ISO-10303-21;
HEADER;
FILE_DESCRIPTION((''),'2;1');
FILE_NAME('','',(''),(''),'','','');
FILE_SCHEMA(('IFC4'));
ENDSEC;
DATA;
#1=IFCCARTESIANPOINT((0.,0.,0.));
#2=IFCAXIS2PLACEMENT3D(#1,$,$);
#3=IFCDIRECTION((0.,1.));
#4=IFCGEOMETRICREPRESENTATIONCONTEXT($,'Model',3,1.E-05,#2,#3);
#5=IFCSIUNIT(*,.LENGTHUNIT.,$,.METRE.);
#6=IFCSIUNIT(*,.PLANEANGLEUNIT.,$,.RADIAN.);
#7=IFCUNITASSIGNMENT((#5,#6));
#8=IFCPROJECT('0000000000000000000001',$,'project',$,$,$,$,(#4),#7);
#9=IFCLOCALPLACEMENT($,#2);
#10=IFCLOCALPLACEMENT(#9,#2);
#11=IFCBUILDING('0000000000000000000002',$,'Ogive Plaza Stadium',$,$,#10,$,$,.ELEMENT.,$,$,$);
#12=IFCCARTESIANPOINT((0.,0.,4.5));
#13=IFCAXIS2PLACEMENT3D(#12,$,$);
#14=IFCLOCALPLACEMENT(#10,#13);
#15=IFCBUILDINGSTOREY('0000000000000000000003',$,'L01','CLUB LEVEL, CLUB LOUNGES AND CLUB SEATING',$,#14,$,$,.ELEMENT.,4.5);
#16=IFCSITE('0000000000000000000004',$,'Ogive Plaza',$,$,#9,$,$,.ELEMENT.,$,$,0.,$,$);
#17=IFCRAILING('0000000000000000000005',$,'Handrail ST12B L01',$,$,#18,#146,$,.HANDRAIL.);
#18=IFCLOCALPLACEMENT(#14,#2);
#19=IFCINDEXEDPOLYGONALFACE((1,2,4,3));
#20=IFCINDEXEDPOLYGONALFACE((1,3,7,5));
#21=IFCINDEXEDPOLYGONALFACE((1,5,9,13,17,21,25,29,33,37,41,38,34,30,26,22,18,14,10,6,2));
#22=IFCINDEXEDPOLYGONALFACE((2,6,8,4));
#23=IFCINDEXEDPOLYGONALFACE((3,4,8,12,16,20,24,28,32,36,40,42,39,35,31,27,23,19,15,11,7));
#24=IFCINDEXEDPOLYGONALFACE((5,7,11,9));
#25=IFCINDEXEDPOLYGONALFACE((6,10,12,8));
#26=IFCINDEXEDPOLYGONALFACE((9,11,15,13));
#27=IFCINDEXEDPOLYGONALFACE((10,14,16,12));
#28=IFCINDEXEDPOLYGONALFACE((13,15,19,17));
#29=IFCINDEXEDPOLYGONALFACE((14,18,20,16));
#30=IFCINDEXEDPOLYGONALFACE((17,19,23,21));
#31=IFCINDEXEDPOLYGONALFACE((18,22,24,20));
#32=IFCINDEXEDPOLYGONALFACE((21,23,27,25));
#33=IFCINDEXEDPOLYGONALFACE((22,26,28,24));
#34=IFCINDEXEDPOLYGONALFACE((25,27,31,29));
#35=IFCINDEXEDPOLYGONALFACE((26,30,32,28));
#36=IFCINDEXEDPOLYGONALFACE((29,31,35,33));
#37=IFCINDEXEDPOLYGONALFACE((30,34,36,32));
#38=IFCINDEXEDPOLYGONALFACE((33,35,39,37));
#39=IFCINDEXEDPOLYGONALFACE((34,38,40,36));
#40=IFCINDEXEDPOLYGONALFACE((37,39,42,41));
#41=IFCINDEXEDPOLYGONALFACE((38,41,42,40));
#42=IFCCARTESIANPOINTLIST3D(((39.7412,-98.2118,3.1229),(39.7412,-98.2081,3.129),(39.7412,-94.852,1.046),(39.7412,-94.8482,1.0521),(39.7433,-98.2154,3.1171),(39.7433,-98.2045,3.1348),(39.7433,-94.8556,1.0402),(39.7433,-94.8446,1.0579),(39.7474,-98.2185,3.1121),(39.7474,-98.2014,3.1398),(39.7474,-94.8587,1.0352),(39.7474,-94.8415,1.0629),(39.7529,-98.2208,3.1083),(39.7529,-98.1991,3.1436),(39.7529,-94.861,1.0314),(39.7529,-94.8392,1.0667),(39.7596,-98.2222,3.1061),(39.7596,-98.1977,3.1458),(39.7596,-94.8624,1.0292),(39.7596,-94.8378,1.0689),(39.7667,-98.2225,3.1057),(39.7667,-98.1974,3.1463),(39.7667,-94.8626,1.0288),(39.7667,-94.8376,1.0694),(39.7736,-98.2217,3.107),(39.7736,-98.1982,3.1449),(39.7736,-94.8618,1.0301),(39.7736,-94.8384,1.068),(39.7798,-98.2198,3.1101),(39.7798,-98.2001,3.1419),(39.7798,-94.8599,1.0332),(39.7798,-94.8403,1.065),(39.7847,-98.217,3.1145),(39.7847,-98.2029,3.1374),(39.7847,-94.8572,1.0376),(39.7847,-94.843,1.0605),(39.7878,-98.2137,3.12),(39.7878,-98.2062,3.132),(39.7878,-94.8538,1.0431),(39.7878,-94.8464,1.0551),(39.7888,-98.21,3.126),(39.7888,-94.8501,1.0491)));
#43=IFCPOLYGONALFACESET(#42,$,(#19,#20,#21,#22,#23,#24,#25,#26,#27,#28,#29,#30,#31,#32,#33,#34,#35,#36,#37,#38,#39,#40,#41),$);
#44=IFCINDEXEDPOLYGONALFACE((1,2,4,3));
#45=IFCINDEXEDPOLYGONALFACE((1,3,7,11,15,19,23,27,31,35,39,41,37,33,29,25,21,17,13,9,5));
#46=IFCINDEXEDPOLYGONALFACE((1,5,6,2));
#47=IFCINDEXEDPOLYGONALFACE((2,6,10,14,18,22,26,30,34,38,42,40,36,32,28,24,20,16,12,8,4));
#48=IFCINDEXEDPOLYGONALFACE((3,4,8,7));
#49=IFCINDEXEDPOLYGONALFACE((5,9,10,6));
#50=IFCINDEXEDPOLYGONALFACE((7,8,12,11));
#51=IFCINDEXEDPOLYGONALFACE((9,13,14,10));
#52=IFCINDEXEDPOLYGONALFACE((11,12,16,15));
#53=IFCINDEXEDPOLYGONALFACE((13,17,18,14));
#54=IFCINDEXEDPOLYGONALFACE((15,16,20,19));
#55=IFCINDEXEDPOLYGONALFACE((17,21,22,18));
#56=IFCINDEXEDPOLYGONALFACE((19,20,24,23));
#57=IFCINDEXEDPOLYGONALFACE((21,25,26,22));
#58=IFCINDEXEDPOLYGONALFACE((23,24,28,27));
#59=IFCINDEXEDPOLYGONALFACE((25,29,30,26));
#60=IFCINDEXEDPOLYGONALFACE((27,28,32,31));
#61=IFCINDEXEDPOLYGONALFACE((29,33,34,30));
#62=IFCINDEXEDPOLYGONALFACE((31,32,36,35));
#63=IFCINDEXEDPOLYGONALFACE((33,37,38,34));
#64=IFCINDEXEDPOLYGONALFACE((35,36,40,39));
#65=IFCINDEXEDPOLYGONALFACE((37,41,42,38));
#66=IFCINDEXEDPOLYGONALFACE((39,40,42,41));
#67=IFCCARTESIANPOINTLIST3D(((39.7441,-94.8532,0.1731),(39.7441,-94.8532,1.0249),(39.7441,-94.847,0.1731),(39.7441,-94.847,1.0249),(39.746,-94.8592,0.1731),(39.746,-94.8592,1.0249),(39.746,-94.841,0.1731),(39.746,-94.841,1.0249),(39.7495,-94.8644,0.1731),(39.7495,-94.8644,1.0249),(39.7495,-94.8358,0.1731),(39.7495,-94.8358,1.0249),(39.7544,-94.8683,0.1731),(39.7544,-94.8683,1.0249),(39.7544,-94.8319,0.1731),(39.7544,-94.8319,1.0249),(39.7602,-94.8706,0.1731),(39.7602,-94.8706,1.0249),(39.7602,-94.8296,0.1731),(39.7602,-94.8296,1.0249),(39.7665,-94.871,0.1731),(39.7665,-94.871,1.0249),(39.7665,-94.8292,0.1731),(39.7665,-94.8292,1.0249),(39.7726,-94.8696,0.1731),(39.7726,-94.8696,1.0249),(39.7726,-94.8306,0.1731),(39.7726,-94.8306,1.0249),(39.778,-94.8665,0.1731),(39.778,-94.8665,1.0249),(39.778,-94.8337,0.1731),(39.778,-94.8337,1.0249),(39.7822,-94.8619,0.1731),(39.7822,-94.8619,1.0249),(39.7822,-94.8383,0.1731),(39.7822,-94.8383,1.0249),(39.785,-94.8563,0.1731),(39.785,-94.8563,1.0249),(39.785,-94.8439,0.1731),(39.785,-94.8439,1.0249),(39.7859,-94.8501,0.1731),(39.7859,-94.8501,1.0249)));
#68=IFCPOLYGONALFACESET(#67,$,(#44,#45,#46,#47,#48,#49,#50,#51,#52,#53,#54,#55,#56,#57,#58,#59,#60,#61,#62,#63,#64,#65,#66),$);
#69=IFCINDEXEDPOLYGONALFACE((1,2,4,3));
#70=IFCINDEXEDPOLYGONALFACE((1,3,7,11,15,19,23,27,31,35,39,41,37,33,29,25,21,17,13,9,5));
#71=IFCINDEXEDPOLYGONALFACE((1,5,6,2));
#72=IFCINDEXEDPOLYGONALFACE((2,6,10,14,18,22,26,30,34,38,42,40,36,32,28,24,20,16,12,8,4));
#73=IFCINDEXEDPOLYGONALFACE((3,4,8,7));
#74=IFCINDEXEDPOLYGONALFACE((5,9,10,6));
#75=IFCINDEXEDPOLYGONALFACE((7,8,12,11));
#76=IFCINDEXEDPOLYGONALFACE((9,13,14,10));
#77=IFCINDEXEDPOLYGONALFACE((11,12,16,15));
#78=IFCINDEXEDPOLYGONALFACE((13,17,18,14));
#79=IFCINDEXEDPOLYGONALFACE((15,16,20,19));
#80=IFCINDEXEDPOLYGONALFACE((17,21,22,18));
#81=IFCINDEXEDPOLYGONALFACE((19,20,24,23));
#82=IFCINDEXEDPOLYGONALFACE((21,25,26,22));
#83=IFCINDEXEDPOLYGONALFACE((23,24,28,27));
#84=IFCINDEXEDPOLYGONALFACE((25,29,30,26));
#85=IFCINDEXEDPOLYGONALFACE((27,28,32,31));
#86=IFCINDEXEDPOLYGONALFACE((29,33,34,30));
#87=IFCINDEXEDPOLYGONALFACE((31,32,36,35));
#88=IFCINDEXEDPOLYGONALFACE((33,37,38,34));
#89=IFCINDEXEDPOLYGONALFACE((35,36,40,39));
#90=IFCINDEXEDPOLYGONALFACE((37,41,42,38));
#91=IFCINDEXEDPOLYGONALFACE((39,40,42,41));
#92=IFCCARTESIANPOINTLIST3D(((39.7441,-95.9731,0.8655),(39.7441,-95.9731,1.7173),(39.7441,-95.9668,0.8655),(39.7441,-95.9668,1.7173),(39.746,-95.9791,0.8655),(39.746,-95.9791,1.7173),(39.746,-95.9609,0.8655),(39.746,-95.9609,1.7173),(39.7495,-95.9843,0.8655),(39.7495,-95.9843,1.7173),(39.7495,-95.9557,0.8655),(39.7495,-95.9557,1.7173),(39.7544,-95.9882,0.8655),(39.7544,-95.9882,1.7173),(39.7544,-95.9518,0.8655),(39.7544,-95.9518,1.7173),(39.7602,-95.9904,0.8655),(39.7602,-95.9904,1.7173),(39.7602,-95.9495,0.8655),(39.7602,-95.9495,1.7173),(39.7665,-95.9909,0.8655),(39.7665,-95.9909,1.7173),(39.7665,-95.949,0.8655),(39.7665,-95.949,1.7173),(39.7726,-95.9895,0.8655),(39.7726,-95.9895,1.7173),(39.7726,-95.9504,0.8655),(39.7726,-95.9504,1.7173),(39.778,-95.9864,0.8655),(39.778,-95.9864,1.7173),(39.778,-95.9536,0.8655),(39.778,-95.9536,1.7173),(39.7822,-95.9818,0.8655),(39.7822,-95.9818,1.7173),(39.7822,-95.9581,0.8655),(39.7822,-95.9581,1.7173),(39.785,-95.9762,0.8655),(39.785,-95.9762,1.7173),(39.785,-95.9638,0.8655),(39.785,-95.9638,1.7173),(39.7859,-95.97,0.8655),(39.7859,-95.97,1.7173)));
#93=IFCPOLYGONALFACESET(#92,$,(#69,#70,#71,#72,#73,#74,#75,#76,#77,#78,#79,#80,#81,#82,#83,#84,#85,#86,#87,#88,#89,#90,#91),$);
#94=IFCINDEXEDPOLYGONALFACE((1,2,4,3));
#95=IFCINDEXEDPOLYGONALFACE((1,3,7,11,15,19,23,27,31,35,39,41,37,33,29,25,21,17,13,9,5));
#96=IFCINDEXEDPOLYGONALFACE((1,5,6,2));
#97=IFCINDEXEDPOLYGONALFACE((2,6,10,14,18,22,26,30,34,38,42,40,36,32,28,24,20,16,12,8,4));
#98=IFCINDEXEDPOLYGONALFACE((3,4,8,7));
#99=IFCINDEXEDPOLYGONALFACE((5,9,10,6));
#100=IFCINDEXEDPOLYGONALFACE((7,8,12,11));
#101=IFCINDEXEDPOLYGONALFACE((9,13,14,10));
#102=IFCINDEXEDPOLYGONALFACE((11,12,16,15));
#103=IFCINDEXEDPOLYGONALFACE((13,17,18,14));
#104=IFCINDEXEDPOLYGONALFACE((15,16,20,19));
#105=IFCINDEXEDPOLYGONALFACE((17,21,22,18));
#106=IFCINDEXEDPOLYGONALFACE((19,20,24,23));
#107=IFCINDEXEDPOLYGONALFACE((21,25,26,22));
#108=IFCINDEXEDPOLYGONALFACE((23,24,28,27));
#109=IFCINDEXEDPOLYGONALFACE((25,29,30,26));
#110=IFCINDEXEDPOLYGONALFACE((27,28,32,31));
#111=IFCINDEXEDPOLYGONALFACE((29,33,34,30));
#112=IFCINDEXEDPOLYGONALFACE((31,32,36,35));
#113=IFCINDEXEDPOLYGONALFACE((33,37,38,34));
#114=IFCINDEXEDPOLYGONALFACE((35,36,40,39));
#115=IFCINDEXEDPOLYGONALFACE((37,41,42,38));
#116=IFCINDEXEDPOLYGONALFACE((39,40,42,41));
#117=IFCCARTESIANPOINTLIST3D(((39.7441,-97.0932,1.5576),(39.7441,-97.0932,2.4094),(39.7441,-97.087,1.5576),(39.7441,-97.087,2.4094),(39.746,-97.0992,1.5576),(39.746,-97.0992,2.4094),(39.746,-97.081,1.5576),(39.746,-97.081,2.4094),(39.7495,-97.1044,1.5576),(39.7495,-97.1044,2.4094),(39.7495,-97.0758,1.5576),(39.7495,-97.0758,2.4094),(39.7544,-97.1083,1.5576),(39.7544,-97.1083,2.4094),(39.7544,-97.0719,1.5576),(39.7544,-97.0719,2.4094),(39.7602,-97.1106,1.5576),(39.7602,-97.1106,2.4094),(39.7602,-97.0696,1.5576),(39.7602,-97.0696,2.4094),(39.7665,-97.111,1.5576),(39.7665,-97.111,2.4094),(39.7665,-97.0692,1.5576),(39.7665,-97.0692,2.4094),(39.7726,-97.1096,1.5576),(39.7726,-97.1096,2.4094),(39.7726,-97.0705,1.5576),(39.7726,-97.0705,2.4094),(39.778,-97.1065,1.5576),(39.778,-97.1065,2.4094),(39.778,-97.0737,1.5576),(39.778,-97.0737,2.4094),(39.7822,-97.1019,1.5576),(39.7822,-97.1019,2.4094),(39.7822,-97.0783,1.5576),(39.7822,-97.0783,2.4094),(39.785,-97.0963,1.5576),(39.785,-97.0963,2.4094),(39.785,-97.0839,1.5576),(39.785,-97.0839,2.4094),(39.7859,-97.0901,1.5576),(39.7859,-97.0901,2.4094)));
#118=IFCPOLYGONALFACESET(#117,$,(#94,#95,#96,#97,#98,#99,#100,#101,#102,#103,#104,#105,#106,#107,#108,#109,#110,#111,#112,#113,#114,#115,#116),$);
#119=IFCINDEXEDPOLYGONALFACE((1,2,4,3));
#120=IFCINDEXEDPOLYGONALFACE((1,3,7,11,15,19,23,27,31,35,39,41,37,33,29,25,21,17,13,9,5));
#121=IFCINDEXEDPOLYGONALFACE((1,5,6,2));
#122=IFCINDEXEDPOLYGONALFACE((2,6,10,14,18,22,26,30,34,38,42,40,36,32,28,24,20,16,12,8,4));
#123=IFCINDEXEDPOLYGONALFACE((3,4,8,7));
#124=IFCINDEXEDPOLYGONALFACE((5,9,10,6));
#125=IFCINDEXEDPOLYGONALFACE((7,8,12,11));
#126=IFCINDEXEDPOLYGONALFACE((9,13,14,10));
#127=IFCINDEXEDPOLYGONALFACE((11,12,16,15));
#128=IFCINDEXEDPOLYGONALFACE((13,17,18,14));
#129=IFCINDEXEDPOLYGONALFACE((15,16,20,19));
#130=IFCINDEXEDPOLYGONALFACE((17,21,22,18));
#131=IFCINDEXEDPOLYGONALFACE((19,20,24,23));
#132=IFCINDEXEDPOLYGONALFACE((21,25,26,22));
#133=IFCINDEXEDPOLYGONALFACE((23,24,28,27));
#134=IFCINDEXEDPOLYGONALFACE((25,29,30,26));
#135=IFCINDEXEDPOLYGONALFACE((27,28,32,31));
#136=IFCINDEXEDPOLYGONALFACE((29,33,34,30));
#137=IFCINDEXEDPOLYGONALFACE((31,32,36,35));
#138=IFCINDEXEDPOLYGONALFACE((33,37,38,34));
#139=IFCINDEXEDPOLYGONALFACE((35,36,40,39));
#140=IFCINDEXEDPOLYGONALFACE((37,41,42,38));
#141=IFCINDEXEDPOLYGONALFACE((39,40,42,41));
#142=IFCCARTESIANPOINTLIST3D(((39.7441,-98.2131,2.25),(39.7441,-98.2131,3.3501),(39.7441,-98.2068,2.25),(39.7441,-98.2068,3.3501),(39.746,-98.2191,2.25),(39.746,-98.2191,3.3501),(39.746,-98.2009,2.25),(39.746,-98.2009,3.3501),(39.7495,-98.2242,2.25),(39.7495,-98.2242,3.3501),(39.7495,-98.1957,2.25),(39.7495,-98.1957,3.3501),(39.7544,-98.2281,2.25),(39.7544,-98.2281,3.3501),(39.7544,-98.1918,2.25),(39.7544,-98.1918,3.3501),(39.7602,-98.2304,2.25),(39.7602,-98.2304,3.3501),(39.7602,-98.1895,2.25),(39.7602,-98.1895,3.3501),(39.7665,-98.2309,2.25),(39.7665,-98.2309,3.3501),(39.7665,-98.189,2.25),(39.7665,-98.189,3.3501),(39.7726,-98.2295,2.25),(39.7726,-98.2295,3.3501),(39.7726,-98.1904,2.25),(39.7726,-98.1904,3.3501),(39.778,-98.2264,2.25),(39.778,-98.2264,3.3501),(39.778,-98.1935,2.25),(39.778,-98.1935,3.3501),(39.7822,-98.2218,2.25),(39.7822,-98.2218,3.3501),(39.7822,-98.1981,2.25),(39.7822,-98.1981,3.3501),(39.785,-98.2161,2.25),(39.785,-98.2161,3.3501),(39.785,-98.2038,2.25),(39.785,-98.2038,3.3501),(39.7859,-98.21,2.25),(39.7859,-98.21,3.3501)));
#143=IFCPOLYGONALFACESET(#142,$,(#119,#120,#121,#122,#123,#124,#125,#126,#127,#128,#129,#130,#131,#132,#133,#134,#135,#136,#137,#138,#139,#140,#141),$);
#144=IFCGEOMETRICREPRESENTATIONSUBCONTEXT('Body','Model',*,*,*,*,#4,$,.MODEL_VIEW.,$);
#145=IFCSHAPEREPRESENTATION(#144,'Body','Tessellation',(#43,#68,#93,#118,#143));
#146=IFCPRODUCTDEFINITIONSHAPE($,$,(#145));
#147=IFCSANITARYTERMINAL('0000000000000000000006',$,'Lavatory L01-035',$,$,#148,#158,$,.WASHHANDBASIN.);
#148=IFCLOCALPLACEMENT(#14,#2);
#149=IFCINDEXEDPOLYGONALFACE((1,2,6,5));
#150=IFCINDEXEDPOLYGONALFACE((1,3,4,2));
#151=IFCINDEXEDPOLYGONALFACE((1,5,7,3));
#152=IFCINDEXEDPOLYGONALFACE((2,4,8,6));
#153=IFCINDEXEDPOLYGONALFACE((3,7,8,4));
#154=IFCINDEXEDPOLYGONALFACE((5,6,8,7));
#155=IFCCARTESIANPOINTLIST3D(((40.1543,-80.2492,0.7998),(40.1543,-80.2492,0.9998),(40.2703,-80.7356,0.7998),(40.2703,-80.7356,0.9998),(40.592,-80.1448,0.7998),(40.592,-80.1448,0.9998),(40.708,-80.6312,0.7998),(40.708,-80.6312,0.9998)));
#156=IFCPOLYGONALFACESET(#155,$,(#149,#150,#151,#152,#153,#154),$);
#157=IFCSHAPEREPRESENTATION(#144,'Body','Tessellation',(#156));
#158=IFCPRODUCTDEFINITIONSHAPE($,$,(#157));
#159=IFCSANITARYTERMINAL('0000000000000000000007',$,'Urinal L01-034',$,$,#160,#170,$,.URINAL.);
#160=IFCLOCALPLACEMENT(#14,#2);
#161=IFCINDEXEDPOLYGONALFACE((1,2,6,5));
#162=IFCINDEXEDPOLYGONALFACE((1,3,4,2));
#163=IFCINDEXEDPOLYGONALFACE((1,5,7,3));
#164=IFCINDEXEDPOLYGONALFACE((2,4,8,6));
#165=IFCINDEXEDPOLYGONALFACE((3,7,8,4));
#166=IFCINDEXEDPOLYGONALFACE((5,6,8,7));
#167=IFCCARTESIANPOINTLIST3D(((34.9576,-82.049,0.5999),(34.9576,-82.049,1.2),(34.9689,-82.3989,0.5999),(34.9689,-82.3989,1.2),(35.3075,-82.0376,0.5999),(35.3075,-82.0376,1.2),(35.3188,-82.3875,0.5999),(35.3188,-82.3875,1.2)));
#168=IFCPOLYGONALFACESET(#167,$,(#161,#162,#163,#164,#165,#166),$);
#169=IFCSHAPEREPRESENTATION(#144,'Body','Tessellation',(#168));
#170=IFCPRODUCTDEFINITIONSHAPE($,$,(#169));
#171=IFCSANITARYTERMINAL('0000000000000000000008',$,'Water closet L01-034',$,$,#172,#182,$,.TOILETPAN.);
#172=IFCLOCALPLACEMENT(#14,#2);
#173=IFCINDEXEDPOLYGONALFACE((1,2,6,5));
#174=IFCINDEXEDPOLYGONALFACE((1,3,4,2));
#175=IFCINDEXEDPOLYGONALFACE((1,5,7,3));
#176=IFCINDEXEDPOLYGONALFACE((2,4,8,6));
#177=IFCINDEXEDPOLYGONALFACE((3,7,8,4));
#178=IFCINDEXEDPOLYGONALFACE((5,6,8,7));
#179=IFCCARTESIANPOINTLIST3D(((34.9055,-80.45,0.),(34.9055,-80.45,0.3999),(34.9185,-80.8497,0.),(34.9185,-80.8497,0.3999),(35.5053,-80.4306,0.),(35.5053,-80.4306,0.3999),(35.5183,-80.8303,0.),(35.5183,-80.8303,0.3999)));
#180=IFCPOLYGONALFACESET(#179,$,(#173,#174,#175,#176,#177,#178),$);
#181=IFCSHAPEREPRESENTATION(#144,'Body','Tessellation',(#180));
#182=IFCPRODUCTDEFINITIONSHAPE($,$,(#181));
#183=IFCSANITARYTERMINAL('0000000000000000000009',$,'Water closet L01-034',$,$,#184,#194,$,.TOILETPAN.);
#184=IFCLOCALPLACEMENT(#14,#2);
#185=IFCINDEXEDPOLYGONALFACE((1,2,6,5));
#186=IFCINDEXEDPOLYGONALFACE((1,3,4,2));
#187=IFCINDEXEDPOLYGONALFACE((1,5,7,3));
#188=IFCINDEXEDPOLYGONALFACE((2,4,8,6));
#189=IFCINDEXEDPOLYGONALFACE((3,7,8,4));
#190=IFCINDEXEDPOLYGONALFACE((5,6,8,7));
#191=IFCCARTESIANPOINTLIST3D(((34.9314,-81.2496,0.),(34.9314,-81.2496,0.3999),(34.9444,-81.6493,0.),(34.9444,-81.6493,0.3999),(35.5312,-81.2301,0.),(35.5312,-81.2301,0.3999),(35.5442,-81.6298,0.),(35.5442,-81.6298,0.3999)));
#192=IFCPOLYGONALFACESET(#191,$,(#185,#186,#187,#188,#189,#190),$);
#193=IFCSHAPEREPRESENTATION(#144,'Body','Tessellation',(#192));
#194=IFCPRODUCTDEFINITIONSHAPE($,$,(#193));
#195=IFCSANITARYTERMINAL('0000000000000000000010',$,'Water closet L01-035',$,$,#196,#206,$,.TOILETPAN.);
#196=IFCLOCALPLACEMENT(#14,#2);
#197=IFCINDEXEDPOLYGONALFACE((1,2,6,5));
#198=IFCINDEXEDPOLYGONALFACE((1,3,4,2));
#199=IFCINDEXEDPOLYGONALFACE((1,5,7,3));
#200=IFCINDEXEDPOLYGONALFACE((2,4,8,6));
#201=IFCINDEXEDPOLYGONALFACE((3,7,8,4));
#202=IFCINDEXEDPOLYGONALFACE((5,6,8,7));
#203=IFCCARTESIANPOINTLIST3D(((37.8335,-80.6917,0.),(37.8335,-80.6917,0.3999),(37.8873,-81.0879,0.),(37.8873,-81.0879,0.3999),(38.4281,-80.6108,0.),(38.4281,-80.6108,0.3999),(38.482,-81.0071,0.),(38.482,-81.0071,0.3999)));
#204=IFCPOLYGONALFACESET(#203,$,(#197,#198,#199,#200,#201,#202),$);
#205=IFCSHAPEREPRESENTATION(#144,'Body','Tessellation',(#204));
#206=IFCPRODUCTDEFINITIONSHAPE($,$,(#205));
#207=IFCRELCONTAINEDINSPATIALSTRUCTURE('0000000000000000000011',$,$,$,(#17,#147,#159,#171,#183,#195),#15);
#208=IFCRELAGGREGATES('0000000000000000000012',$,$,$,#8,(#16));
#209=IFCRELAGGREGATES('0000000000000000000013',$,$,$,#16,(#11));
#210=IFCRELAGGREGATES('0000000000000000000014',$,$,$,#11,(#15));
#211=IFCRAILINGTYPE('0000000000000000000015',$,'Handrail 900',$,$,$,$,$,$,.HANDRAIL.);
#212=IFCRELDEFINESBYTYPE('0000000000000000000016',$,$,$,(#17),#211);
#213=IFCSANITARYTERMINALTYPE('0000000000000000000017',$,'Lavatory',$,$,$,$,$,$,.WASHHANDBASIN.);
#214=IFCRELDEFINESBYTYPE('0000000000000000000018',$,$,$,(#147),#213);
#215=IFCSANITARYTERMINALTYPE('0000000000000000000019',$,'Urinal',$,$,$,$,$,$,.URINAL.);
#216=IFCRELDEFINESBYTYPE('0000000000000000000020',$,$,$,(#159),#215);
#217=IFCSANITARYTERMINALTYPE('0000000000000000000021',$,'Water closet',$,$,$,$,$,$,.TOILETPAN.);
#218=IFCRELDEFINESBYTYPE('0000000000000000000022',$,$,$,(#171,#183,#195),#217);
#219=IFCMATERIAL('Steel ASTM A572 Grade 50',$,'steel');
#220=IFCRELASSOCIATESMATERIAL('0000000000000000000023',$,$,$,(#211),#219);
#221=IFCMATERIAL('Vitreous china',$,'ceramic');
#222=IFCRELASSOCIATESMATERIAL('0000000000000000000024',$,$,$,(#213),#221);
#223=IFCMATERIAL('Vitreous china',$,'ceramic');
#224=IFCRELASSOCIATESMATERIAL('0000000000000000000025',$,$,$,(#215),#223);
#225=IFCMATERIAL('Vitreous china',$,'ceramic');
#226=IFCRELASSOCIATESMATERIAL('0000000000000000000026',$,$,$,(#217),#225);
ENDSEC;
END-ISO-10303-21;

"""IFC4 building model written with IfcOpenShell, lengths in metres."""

from ifc_helpers import new_model, si_unit, direction, frame, origin, origin_2d, place, context, subcontext, project, spatial, rectangle, circle, extrude, material, type_object, element, save


model = new_model("IFC4")

# Units and contexts
model_context = context("Model", 3, precision=1e-05, world=origin(), true_north=direction((0.0, 1.0)))
body_context = subcontext(model_context, "Body", "Model", "MODEL_VIEW")
ifc_project = project(units=[si_unit("LENGTHUNIT", "METRE"), si_unit("PLANEANGLEUNIT", "RADIAN")], contexts=[model_context])

# Site, building, storey
site_placement = place(None, origin())
site = spatial("IfcSite", under=ifc_project, at=site_placement, Name="Ogive Plaza", CompositionType="ELEMENT", RefElevation=0.0)
building_placement = place(site_placement, origin())
building = spatial("IfcBuilding", under=site, at=building_placement, Name="Ogive Plaza Stadium", CompositionType="ELEMENT")
storey_placement = place(building_placement, frame((0.0, 0.0, 4.5)))
storey = spatial("IfcBuildingStorey", under=building, at=storey_placement, Name="L01", Description="CLUB LEVEL, CLUB LOUNGES AND CLUB SEATING", CompositionType="ELEMENT", Elevation=4.5)

# Railing
ifc_material_1 = material(Name="Steel ASTM A572 Grade 50", Category="steel")
railing_type_1 = type_object("IfcRailingType", Name="Handrail 900", PredefinedType="HANDRAIL", material=ifc_material_1)
for number, where, name in (
    (1, (39.7649, -94.8501, 0.1731), "Handrail ST12B L01"),
):
    element("IfcRailing", number, at=place(storey_placement, frame(where)), inside=storey, type_object=railing_type_1, Name=name, PredefinedType="HANDRAIL", context=body_context, shape_type="SweptSolid", body=[
        extrude(circle(Radius=0.0239, at=origin_2d()), frame((0.0, 0.0, 0.876), z_axis=(0.0, -0.850606, 0.525803), x_axis=(1.0, 0.0, 0.0)), (0.0, 0.0, 1.0), 3.95),
        extrude(circle(Radius=0.021, at=origin_2d()), origin(), (0.0, 0.0, 1.0), 0.8518),
        extrude(circle(Radius=0.021, at=origin_2d()), frame((0.0, -1.1199, 0.6924)), (0.0, 0.0, 1.0), 0.8518),
        extrude(circle(Radius=0.021, at=origin_2d()), frame((0.0, -2.24, 1.3845)), (0.0, 0.0, 1.0), 0.8518),
        extrude(circle(Radius=0.021, at=origin_2d()), frame((0.0, -3.3599, 2.0769)), (0.0, 0.0, 1.0), 1.1001),
    ])

# Sanitary terminals
ifc_material_2 = material(Name="Vitreous china", Category="ceramic")
sanitary_terminal_type_1 = type_object("IfcSanitaryTerminalType", Name="Lavatory", PredefinedType="WASHHANDBASIN", material=ifc_material_2)
sanitary_terminal_1_placement = place(storey_placement, frame((40.4312, -80.4402, 0.7998), z_axis=(0.0, 0.0, 1.0), x_axis=(0.231948, -0.972728, 0.0)))
element("IfcSanitaryTerminal", 2, at=sanitary_terminal_1_placement, inside=storey, type_object=sanitary_terminal_type_1, Name="Lavatory L01-035", PredefinedType="WASHHANDBASIN", context=body_context, shape_type="SweptSolid", body=[
    extrude(rectangle(XDim=0.5, YDim=0.45, at=origin_2d()), origin(), (0.0, 0.0, 1.0), 0.2),
])
ifc_material_3 = material(Name="Vitreous china", Category="ceramic")
sanitary_terminal_type_2 = type_object("IfcSanitaryTerminalType", Name="Urinal", PredefinedType="URINAL", material=ifc_material_3)
sanitary_terminal_2_placement = place(storey_placement, frame((35.1382, -82.2183, 0.5999), z_axis=(0.0, 0.0, 1.0), x_axis=(0.032388, -0.999475, 0.0)))
element("IfcSanitaryTerminal", 3, at=sanitary_terminal_2_placement, inside=storey, type_object=sanitary_terminal_type_2, Name="Urinal L01-034", PredefinedType="URINAL", context=body_context, shape_type="SweptSolid", body=[
    extrude(rectangle(XDim=0.3501, YDim=0.3501, at=origin_2d()), origin(), (0.0, 0.0, 1.0), 0.6001),
])
ifc_material_4 = material(Name="Vitreous china", Category="ceramic")
sanitary_terminal_type_3 = type_object("IfcSanitaryTerminalType", Name="Water closet", PredefinedType="TOILETPAN", material=ifc_material_4)
for number, where, z_axis, x_axis, name in (
    (4, (35.2119, -80.6401, 0.0), (0.0, 0.0, 1.0), (0.032388, -0.999475, 0.0), "Water closet L01-034"),
    (5, (35.2378, -81.4397, 0.0), (0.0, 0.0, 1.0), (0.032388, -0.999475, 0.0), "Water closet L01-034"),
    (6, (38.1577, -80.8494, 0.0), (0.0, 0.0, 1.0), (0.134744, -0.99088, 0.0), "Water closet L01-035"),
):
    element("IfcSanitaryTerminal", number, at=place(storey_placement, frame(where, z_axis=z_axis, x_axis=x_axis)), inside=storey, type_object=sanitary_terminal_type_3, Name=name, PredefinedType="TOILETPAN", context=body_context, shape_type="SweptSolid", body=[
        extrude(rectangle(XDim=0.3999, YDim=0.6001, at=origin_2d()), origin(), (0.0, 0.0, 1.0), 0.3999),
    ])

save(model, "model.ifc")
